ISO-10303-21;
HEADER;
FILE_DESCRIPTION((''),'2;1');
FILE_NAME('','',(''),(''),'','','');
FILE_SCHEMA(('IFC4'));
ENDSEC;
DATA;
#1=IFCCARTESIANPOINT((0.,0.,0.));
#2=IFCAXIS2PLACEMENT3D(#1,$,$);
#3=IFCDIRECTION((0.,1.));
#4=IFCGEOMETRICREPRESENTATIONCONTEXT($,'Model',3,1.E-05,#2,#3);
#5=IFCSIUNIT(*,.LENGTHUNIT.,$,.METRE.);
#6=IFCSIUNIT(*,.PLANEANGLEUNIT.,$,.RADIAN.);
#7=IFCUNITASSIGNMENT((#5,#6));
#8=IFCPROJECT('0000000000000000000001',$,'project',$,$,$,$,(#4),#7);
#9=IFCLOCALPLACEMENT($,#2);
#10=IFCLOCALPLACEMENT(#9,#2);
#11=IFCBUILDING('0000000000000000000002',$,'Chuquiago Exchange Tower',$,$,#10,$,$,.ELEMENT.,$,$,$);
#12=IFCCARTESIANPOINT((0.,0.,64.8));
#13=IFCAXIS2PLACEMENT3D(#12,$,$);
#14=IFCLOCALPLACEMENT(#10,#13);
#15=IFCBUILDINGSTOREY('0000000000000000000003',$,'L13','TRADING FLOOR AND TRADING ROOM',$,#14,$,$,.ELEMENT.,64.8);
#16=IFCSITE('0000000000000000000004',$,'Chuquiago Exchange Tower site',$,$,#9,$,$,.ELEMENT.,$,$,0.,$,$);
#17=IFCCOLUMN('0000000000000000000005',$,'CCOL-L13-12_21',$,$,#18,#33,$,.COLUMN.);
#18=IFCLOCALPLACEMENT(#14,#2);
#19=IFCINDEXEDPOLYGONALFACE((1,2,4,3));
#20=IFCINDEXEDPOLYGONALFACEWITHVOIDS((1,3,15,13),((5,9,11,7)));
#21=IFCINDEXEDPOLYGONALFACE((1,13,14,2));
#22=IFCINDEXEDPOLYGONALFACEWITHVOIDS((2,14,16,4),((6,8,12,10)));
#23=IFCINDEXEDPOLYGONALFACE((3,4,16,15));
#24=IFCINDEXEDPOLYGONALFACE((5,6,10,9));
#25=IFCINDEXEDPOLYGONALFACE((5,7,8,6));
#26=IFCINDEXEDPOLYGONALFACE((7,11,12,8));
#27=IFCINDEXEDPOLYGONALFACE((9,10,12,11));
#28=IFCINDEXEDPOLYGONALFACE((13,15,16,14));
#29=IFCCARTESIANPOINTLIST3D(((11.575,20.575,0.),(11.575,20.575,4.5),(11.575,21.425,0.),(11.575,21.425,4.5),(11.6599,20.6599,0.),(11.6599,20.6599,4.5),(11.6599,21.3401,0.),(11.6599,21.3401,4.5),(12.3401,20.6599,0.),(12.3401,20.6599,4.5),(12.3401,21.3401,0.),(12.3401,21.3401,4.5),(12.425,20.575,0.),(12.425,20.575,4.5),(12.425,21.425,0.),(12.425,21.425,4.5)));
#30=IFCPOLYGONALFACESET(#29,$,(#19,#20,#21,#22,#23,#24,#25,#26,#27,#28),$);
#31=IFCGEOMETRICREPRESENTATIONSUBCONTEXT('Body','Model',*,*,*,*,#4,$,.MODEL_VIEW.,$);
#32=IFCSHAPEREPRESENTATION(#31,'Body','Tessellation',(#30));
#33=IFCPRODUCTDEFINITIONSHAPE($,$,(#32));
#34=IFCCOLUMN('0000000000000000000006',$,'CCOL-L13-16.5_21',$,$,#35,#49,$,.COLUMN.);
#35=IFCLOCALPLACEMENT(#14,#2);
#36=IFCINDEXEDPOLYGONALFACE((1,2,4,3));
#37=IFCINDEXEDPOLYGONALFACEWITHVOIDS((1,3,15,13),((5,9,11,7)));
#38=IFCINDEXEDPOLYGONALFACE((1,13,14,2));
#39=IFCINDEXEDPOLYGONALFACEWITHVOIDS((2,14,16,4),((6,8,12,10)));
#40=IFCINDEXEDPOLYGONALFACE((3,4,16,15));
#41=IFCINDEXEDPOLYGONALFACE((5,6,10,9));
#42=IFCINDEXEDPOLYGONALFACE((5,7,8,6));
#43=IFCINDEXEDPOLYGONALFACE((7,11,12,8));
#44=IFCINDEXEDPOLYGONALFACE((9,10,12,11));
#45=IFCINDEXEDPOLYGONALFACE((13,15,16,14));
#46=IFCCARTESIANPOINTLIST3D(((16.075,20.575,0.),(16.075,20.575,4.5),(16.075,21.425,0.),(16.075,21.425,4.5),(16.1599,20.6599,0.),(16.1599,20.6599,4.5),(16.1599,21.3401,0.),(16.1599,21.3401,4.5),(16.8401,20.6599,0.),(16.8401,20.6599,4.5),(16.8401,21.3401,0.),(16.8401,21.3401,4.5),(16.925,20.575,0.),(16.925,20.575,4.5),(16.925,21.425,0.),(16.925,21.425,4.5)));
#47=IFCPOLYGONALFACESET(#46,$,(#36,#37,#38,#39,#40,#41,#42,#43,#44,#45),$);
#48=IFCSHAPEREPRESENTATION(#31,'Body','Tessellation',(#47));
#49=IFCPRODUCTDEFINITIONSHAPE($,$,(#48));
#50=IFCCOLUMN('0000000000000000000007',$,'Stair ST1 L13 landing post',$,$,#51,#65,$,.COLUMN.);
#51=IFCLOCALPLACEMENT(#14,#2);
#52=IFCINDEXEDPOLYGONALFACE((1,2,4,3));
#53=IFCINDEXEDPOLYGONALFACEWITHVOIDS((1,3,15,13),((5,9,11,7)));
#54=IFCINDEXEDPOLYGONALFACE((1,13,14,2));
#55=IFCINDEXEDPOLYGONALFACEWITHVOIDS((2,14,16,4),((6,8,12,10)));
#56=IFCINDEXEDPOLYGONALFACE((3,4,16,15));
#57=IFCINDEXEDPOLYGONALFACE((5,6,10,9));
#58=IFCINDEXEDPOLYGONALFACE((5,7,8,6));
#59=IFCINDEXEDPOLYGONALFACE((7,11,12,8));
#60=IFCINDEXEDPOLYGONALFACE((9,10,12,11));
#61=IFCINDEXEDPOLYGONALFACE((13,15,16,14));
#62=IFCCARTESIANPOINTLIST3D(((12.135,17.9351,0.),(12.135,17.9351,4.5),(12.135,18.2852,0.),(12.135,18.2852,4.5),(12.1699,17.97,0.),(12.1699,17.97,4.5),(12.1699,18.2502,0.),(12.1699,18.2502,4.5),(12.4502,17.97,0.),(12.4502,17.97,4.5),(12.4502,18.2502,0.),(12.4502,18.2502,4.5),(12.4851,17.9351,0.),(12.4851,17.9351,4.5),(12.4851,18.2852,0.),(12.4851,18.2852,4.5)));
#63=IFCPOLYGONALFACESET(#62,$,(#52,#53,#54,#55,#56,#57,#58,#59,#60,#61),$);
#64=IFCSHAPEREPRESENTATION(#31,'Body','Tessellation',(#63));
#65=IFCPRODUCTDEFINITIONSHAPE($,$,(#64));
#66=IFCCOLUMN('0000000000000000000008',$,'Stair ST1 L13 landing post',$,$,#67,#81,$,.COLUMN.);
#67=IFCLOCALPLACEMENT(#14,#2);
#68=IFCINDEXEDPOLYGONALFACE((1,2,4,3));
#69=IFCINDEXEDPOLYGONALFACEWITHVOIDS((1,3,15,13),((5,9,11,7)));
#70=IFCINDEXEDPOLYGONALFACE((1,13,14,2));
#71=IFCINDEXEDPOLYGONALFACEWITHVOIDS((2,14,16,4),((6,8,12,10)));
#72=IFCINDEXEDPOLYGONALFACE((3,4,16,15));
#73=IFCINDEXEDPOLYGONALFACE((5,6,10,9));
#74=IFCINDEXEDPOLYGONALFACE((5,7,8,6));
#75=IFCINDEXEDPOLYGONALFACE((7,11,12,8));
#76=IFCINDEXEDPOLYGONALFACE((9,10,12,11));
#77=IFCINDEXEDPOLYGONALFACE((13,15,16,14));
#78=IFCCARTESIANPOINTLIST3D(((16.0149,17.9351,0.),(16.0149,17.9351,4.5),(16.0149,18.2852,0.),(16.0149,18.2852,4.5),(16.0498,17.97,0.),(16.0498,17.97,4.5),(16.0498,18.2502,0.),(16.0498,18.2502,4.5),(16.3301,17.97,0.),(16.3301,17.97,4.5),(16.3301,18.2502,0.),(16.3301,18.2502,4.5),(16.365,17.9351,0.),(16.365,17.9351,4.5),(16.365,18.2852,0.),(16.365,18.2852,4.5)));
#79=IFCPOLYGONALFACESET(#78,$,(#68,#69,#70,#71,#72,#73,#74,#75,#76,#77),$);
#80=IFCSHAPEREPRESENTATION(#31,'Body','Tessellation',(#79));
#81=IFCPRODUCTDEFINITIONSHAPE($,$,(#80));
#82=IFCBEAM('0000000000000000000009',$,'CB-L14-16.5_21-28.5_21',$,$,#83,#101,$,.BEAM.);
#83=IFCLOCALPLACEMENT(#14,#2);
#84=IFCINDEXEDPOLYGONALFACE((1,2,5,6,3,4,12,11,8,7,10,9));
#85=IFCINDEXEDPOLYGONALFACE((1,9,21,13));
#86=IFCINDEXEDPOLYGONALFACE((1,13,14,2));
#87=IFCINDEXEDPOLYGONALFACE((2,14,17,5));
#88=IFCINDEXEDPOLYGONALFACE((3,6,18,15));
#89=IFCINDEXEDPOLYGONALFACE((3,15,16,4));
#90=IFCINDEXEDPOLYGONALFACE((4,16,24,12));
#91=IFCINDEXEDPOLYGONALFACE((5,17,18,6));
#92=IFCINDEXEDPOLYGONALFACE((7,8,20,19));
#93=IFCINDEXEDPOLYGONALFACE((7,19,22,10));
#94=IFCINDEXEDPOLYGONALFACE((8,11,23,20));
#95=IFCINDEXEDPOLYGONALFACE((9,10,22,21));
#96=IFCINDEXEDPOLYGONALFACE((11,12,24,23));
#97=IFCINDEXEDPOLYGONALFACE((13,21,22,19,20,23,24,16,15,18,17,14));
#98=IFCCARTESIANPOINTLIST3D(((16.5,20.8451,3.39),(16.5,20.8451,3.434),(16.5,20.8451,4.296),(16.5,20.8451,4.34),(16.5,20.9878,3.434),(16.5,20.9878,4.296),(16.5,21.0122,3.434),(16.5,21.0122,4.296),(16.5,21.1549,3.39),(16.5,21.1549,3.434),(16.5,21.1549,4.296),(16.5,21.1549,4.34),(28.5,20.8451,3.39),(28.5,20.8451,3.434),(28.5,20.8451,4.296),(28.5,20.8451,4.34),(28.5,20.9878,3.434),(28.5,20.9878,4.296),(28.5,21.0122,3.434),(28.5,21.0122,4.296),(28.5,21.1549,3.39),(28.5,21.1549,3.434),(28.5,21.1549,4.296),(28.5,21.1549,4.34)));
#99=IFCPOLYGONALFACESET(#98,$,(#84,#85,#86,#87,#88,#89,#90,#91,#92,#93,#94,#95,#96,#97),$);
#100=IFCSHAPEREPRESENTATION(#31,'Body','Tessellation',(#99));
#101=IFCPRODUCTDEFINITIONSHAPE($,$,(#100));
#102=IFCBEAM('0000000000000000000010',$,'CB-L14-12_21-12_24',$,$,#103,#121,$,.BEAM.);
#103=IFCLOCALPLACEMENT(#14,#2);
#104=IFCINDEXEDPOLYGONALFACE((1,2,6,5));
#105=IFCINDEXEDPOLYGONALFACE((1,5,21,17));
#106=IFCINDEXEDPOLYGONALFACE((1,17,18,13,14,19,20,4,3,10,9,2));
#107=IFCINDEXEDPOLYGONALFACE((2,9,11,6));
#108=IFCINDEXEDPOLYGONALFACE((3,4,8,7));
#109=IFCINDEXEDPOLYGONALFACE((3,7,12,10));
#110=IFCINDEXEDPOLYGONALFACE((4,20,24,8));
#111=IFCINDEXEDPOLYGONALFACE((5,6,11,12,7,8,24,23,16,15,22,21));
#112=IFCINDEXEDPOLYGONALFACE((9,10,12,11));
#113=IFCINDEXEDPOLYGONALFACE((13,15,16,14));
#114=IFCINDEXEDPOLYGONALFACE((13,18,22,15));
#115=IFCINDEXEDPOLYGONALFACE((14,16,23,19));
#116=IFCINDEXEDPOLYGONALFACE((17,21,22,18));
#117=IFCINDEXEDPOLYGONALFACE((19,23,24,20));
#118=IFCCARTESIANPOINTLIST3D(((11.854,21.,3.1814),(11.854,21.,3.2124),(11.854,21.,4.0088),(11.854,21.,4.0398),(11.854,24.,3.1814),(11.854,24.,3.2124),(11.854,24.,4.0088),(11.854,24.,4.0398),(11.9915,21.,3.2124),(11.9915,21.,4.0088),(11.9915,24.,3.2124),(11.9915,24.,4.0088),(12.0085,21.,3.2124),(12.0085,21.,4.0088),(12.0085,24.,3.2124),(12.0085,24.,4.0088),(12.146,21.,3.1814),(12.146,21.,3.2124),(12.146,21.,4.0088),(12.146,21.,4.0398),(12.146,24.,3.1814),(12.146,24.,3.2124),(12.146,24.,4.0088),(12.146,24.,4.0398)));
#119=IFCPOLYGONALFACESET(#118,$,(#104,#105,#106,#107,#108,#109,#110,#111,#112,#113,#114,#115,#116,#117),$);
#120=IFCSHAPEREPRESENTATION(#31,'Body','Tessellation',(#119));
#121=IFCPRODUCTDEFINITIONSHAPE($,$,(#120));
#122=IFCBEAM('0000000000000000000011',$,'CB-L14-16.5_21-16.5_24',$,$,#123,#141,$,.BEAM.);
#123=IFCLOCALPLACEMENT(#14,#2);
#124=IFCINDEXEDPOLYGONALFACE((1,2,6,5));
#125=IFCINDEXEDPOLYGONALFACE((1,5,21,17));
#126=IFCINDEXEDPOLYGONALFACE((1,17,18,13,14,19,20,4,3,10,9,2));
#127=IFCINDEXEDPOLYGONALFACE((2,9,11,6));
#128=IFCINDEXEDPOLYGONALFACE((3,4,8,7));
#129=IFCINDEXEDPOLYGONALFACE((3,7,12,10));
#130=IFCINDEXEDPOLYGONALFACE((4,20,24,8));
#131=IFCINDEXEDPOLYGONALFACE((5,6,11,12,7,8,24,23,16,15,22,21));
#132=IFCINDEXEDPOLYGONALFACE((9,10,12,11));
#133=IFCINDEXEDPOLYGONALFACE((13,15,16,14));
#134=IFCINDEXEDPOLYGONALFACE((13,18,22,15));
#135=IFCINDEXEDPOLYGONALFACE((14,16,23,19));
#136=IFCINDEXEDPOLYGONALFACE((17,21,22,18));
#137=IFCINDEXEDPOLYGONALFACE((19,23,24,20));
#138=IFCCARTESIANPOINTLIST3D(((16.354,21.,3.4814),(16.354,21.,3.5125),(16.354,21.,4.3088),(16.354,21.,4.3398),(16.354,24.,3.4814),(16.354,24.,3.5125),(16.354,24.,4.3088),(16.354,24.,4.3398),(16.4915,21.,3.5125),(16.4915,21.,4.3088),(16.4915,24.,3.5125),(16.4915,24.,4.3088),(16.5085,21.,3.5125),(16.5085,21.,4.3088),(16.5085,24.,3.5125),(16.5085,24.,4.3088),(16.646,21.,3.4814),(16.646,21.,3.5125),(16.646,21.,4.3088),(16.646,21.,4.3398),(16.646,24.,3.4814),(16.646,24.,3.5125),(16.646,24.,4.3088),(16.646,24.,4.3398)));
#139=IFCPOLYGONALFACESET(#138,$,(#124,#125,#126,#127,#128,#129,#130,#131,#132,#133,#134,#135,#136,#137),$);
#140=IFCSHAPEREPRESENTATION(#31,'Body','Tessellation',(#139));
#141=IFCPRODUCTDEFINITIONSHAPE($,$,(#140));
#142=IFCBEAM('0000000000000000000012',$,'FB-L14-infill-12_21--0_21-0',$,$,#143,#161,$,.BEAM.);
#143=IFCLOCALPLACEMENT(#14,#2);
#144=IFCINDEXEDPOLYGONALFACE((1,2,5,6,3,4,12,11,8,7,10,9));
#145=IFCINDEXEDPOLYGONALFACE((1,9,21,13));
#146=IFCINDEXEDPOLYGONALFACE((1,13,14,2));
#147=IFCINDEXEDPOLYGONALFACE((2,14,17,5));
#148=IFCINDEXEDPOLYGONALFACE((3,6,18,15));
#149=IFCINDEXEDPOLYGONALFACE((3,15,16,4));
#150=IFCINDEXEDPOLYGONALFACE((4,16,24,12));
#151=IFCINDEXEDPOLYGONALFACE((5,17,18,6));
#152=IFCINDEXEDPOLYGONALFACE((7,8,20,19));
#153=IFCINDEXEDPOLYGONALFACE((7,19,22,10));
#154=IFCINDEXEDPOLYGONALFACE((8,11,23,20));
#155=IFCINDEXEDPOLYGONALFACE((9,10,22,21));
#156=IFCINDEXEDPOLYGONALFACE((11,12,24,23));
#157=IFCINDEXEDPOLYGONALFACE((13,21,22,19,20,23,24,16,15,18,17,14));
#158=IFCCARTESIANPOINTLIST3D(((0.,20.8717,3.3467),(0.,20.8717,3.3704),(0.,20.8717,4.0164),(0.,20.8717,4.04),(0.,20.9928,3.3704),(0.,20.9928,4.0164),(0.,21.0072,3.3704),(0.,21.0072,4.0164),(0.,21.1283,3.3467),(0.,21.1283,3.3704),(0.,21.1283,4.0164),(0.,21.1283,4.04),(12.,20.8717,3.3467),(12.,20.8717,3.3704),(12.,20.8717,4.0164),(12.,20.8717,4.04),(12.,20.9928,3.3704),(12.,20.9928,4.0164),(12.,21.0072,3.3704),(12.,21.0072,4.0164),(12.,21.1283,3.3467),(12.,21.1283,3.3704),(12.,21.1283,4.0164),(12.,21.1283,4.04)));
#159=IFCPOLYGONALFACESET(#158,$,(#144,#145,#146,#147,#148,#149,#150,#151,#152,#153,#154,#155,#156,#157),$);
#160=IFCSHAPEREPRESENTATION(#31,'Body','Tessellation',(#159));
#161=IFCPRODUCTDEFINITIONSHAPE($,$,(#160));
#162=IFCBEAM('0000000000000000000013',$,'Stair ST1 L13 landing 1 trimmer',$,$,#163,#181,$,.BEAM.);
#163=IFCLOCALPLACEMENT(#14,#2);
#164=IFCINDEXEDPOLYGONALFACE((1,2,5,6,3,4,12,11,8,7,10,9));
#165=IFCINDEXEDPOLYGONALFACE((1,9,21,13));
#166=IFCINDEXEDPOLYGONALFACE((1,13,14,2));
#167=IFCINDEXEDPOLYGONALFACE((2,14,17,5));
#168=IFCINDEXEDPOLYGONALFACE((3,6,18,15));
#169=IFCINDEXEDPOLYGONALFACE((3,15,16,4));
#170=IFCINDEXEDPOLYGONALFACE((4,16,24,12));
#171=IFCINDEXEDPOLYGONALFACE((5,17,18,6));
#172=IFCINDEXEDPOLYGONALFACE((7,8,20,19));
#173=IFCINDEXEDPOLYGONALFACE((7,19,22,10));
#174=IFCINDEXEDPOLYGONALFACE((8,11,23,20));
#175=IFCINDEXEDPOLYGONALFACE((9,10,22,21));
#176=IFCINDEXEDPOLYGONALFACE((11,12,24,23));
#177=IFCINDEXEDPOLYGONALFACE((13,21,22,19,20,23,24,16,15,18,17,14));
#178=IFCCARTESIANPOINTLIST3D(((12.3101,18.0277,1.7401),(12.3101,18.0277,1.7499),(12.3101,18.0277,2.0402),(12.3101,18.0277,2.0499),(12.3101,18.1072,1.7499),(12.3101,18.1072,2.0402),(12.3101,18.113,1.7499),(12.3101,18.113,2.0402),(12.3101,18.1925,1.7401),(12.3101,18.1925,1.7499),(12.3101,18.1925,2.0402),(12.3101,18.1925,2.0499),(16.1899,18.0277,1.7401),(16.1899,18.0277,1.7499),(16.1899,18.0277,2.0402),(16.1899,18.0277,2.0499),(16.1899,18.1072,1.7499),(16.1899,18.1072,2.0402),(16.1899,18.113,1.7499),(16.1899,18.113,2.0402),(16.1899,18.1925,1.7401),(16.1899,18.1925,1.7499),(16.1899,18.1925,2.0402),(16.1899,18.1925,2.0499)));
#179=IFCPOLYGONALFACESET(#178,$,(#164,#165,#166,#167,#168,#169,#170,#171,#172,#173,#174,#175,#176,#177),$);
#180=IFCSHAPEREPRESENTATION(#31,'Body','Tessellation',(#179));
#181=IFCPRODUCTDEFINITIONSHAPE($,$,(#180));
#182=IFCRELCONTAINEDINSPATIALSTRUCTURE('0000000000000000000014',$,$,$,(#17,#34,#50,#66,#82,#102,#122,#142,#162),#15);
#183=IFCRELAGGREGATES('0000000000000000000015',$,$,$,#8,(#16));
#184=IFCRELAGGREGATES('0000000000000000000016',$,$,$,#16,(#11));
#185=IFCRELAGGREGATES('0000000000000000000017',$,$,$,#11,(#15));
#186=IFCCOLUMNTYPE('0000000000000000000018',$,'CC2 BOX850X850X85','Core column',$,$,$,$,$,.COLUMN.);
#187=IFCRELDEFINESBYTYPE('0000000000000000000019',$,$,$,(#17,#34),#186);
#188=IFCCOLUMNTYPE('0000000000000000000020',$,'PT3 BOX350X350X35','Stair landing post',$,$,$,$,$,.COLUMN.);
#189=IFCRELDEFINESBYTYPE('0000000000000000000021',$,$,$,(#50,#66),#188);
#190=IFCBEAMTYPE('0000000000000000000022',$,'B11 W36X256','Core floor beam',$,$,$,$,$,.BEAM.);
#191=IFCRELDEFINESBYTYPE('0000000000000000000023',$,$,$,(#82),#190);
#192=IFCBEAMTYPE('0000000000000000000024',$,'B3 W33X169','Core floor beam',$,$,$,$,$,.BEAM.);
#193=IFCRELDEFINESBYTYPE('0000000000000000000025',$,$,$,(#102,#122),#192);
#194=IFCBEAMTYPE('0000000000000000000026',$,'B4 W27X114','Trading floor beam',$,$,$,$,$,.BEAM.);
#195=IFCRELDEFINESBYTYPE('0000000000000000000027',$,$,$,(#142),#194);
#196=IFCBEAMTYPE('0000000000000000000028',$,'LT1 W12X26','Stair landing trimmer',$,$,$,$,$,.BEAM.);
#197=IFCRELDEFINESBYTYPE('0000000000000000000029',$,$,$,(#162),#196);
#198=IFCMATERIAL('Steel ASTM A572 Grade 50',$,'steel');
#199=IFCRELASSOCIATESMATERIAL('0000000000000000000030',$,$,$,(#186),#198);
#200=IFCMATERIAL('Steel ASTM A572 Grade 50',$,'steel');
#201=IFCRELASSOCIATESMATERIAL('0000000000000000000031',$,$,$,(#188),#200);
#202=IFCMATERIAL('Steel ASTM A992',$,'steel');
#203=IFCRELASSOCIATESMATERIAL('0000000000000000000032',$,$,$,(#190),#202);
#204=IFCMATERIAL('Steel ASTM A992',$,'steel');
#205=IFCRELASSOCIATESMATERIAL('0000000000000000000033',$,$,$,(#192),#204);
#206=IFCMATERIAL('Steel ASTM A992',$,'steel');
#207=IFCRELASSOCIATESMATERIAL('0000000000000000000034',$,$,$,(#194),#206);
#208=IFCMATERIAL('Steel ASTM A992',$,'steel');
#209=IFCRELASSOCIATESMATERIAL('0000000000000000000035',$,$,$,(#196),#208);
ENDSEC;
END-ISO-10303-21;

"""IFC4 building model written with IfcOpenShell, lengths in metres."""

from ifc_helpers import new_model, si_unit, direction, frame, origin, origin_2d, place, context, subcontext, project, spatial, hollow_rectangle, i_section, extrude, material, material_profile, profile_set, type_object, element, save


model = new_model("IFC4")

# Units and contexts
model_context = context("Model", 3, precision=1e-05, world=origin(), true_north=direction((0.0, 1.0)))
body_context = subcontext(model_context, "Body", "Model", "MODEL_VIEW")
ifc_project = project(units=[si_unit("LENGTHUNIT", "METRE"), si_unit("PLANEANGLEUNIT", "RADIAN")], contexts=[model_context])

# Site, building, storey
site_placement = place(None, origin())
site = spatial("IfcSite", under=ifc_project, at=site_placement, Name="Chuquiago Exchange Tower site", CompositionType="ELEMENT", RefElevation=0.0)
building_placement = place(site_placement, origin())
building = spatial("IfcBuilding", under=site, at=building_placement, Name="Chuquiago Exchange Tower", CompositionType="ELEMENT")
storey_placement = place(building_placement, frame((0.0, 0.0, 64.8)))
storey = spatial("IfcBuildingStorey", under=building, at=storey_placement, Name="L13", Description="TRADING FLOOR AND TRADING ROOM", CompositionType="ELEMENT", Elevation=64.8)

# Columns
ifc_material_1 = material(Name="Steel ASTM A572 Grade 50", Category="steel")
ifc_material_profile_1 = material_profile(ifc_material_1, hollow_rectangle(XDim=0.8501, YDim=0.8501, WallThickness=0.085, at=origin_2d()), Name="BOX850X850X85")
ifc_profile_set_1 = profile_set([ifc_material_profile_1], Name="Steel ASTM A572 Grade 50")
column_type_1 = type_object("IfcColumnType", Name="CC2 BOX850X850X85", Description="Core column", PredefinedType="COLUMN", material=ifc_profile_set_1)
for number, where, z_axis, x_axis, name in (
    (1, (12.0, 21.0, 0.0), (0.0, 0.0, 1.0), (1.0, 0.0, 0.0), "CCOL-L13-12_21"),
    (2, (16.5, 21.0, 0.0), (0.0, 0.0, 1.0), (1.0, 0.0, 0.0), "CCOL-L13-16.5_21"),
):
    element("IfcColumn", number, at=place(storey_placement, frame(where, z_axis=z_axis, x_axis=x_axis)), inside=storey, type_object=column_type_1, Name=name, PredefinedType="COLUMN", context=body_context, shape_type="SweptSolid", body=[
        extrude(hollow_rectangle(XDim=0.8501, YDim=0.8501, WallThickness=0.085, at=origin_2d()), origin(), (0.0, 0.0, 1.0), 4.5),
    ])
ifc_material_2 = material(Name="Steel ASTM A572 Grade 50", Category="steel")
ifc_material_profile_2 = material_profile(ifc_material_2, hollow_rectangle(XDim=0.3501, YDim=0.3501, WallThickness=0.0349, at=origin_2d()), Name="BOX350X350X35")
ifc_profile_set_2 = profile_set([ifc_material_profile_2], Name="Steel ASTM A572 Grade 50")
column_type_2 = type_object("IfcColumnType", Name="PT3 BOX350X350X35", Description="Stair landing post", PredefinedType="COLUMN", material=ifc_profile_set_2)
for number, where, z_axis, x_axis, name in (
    (3, (12.3101, 18.1101, 0.0), (0.0, 0.0, 1.0), (1.0, 0.0, 0.0), "Stair ST1 L13 landing post"),
    (4, (16.1899, 18.1101, 0.0), (0.0, 0.0, 1.0), (1.0, 0.0, 0.0), "Stair ST1 L13 landing post"),
):
    element("IfcColumn", number, at=place(storey_placement, frame(where, z_axis=z_axis, x_axis=x_axis)), inside=storey, type_object=column_type_2, Name=name, PredefinedType="COLUMN", context=body_context, shape_type="SweptSolid", body=[
        extrude(hollow_rectangle(XDim=0.3501, YDim=0.3501, WallThickness=0.0349, at=origin_2d()), origin(), (0.0, 0.0, 1.0), 4.5),
    ])

# Beams
ifc_material_3 = material(Name="Steel ASTM A992", Category="steel")
ifc_material_profile_3 = material_profile(ifc_material_3, i_section(OverallWidth=0.3098, OverallDepth=0.95, WebThickness=0.0244, FlangeThickness=0.0439, at=origin_2d()), Name="W36X256")
ifc_profile_set_3 = profile_set([ifc_material_profile_3], Name="Steel ASTM A992")
beam_type_1 = type_object("IfcBeamType", Name="B11 W36X256", Description="Core floor beam", PredefinedType="BEAM", material=ifc_profile_set_3)
beam_1_placement = place(storey_placement, frame((16.5, 21.0, 3.865), z_axis=(1.0, 0.0, 0.0), x_axis=(0.0, 1.0, 0.0)))
element("IfcBeam", 5, at=beam_1_placement, inside=storey, type_object=beam_type_1, Name="CB-L14-16.5_21-28.5_21", PredefinedType="BEAM", context=body_context, shape_type="SweptSolid", body=[
    extrude(i_section(OverallWidth=0.3098, OverallDepth=0.95, WebThickness=0.0244, FlangeThickness=0.0439, at=origin_2d()), origin(), (0.0, 0.0, 1.0), 12.0),
])
ifc_material_4 = material(Name="Steel ASTM A992", Category="steel")
ifc_material_profile_4 = material_profile(ifc_material_4, i_section(OverallWidth=0.292, OverallDepth=0.8584, WebThickness=0.0171, FlangeThickness=0.031, at=origin_2d()), Name="W33X169")
ifc_profile_set_4 = profile_set([ifc_material_profile_4], Name="Steel ASTM A992")
beam_type_2 = type_object("IfcBeamType", Name="B3 W33X169", Description="Core floor beam", PredefinedType="BEAM", material=ifc_profile_set_4)
for number, where, z_axis, x_axis, name in (
    (6, (12.0, 21.0, 3.6106), (0.0, 1.0, 0.0), (-1.0, 0.0, 0.0), "CB-L14-12_21-12_24"),
    (7, (16.5, 21.0, 3.9106), (0.0, 1.0, 0.0), (-1.0, 0.0, 0.0), "CB-L14-16.5_21-16.5_24"),
):
    element("IfcBeam", number, at=place(storey_placement, frame(where, z_axis=z_axis, x_axis=x_axis)), inside=storey, type_object=beam_type_2, Name=name, PredefinedType="BEAM", context=body_context, shape_type="SweptSolid", body=[
        extrude(i_section(OverallWidth=0.292, OverallDepth=0.8584, WebThickness=0.0171, FlangeThickness=0.031, at=origin_2d()), origin(), (0.0, 0.0, 1.0), 3.0),
    ])
ifc_material_5 = material(Name="Steel ASTM A992", Category="steel")
ifc_material_profile_5 = material_profile(ifc_material_5, i_section(OverallWidth=0.2566, OverallDepth=0.6934, WebThickness=0.0144, FlangeThickness=0.0237, at=origin_2d()), Name="W27X114")
ifc_profile_set_5 = profile_set([ifc_material_profile_5], Name="Steel ASTM A992")
beam_type_3 = type_object("IfcBeamType", Name="B4 W27X114", Description="Trading floor beam", PredefinedType="BEAM", material=ifc_profile_set_5)
beam_2_placement = place(storey_placement, frame((12.0, 21.0, 3.6934), z_axis=(-1.0, 0.0, 0.0), x_axis=(0.0, -1.0, 0.0)))
element("IfcBeam", 8, at=beam_2_placement, inside=storey, type_object=beam_type_3, Name="FB-L14-infill-12_21--0_21-0", PredefinedType="BEAM", context=body_context, shape_type="SweptSolid", body=[
    extrude(i_section(OverallWidth=0.2566, OverallDepth=0.6934, WebThickness=0.0144, FlangeThickness=0.0237, at=origin_2d()), origin(), (0.0, 0.0, 1.0), 12.0),
])
ifc_material_6 = material(Name="Steel ASTM A992", Category="steel")
ifc_material_profile_6 = material_profile(ifc_material_6, i_section(OverallWidth=0.1648, OverallDepth=0.3098, WebThickness=0.0059, FlangeThickness=0.0098, at=origin_2d()), Name="W12X26")
ifc_profile_set_6 = profile_set([ifc_material_profile_6], Name="Steel ASTM A992")
beam_type_4 = type_object("IfcBeamType", Name="LT1 W12X26", Description="Stair landing trimmer", PredefinedType="BEAM", material=ifc_profile_set_6)
beam_3_placement = place(storey_placement, frame((12.3101, 18.1101, 1.895), z_axis=(1.0, 0.0, 0.0), x_axis=(0.0, 1.0, 0.0)))
element("IfcBeam", 9, at=beam_3_placement, inside=storey, type_object=beam_type_4, Name="Stair ST1 L13 landing 1 trimmer", PredefinedType="BEAM", context=body_context, shape_type="SweptSolid", body=[
    extrude(i_section(OverallWidth=0.1648, OverallDepth=0.3098, WebThickness=0.0059, FlangeThickness=0.0098, at=origin_2d()), origin(), (0.0, 0.0, 1.0), 3.8799),
])

save(model, "model.ifc")
